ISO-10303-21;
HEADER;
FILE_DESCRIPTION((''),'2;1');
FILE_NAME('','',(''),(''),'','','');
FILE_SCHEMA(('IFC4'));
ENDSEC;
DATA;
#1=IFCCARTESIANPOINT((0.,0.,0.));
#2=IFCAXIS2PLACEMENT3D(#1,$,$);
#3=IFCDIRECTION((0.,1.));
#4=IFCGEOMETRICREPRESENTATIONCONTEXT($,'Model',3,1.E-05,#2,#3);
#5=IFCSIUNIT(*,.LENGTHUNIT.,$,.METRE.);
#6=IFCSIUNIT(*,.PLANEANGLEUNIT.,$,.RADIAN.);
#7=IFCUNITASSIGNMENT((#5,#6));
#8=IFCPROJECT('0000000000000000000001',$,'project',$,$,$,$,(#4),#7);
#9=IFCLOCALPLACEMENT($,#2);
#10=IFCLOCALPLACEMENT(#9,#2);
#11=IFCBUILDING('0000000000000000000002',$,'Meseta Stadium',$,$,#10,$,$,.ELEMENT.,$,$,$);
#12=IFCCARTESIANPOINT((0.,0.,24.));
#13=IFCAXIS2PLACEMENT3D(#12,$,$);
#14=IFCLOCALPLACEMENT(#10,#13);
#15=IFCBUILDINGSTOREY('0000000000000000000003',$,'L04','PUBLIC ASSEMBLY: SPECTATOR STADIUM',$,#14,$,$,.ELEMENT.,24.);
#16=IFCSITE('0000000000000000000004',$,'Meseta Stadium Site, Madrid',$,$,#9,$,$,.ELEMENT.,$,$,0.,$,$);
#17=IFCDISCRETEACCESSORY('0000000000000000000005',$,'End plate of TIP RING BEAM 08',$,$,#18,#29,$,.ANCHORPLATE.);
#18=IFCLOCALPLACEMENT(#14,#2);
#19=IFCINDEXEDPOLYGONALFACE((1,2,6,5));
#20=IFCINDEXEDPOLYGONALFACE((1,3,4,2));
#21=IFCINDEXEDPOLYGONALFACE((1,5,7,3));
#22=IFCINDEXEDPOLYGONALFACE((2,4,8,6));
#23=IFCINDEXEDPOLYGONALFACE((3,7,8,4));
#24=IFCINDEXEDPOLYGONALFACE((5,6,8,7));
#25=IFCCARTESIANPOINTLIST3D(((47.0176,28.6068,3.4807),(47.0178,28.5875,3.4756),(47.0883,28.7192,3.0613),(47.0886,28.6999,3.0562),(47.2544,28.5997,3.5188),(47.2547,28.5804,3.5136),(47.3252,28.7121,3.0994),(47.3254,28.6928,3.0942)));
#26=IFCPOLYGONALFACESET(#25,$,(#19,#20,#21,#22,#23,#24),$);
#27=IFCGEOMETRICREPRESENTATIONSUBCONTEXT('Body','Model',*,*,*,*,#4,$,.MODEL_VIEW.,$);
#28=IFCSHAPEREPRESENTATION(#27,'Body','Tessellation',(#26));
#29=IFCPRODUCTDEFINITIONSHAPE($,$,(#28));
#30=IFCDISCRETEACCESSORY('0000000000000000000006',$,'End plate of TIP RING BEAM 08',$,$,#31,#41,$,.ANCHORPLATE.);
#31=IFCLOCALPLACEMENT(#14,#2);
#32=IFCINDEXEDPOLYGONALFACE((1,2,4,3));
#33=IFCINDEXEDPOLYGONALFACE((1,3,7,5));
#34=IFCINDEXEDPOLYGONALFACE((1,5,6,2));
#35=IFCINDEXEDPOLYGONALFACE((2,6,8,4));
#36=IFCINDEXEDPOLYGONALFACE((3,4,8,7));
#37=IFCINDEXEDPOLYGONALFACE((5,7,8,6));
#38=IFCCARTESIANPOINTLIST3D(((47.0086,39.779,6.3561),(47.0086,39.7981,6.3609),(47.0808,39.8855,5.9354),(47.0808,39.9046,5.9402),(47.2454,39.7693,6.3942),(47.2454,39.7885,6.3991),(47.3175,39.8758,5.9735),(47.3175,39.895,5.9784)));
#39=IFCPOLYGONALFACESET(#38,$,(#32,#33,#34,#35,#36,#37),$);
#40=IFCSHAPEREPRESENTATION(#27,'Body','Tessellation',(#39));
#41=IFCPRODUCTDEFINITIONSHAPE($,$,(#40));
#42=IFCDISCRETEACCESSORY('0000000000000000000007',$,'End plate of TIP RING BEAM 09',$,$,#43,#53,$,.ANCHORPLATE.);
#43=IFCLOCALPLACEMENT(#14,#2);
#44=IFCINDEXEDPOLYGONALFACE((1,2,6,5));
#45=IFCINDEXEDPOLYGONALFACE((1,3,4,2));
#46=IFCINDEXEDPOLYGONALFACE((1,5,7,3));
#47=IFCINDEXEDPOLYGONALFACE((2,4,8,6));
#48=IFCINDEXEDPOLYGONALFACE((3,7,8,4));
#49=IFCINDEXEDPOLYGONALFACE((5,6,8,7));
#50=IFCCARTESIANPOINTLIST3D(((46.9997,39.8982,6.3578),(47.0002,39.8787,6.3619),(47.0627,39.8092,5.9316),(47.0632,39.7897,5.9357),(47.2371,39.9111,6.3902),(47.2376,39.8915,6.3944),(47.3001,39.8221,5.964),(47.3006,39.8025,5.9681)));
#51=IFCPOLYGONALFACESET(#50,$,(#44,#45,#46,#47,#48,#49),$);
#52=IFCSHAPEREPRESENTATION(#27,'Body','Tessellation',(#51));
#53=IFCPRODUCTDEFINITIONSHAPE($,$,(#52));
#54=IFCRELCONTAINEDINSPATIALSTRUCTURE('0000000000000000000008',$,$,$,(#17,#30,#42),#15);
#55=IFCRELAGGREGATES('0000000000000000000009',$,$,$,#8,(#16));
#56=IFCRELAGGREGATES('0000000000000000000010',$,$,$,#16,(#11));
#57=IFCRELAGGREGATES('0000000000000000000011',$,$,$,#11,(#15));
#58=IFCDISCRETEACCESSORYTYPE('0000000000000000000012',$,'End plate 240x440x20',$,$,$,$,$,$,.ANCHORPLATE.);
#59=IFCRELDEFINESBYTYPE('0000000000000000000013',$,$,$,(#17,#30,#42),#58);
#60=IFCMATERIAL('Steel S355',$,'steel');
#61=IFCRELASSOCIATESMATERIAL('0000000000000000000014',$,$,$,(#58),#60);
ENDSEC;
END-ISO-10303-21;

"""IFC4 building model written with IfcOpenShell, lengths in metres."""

from ifc_helpers import new_model, si_unit, direction, frame, origin, origin_2d, place, context, subcontext, project, spatial, rectangle, extrude, material, material_profile, profile_set, type_object, element, save


model = new_model("IFC4")

# Units and contexts
model_context = context("Model", 3, precision=1e-05, world=origin(), true_north=direction((0.0, 1.0)))
body_context = subcontext(model_context, "Body", "Model", "MODEL_VIEW")
ifc_project = project(units=[si_unit("LENGTHUNIT", "METRE"), si_unit("PLANEANGLEUNIT", "RADIAN")], contexts=[model_context])

# Site, building, storey
site_placement = place(None, origin())
site = spatial("IfcSite", under=ifc_project, at=site_placement, Name="Meseta Stadium Site, Madrid", CompositionType="ELEMENT", RefElevation=0.0)
building_placement = place(site_placement, origin())
building = spatial("IfcBuilding", under=site, at=building_placement, Name="Meseta Stadium", CompositionType="ELEMENT")
storey_placement = place(building_placement, frame((0.0, 0.0, 24.0)))
storey = spatial("IfcBuildingStorey", under=building, at=storey_placement, Name="L04", Description="PUBLIC ASSEMBLY: SPECTATOR STADIUM", CompositionType="ELEMENT", Elevation=24.0)

# Discrete accessories
ifc_material_1 = material(Name="Steel S355", Category="steel")
ifc_material_profile_1 = material_profile(ifc_material_1, rectangle(XDim=0.24, YDim=0.4399, at=origin_2d()), Name="PL 240x440")
ifc_profile_set_1 = profile_set([ifc_material_profile_1], Name="Steel S355")
discrete_accessory_type_1 = type_object("IfcDiscreteAccessoryType", Name="End plate 240x440x20", PredefinedType="ANCHORPLATE", material=ifc_profile_set_1)
discrete_accessory_1_placement = place(storey_placement, frame((47.1716, 28.6401, 3.2849), z_axis=(-0.012232, 0.966365, 0.256882), x_axis=(-0.986911, 0.029645, -0.158518)))
element("IfcDiscreteAccessory", 1, at=discrete_accessory_1_placement, inside=storey, type_object=discrete_accessory_type_1, Name="End plate of TIP RING BEAM 08", PredefinedType="ANCHORPLATE", context=body_context, shape_type="SweptSolid", body=[
    extrude(rectangle(XDim=0.24, YDim=0.4399, at=origin_2d()), origin(), (0.0, 0.0, 1.0), 0.02),
])
discrete_accessory_2_placement = place(storey_placement, frame((47.1631, 39.8274, 6.1648), z_axis=(0.0, 0.969416, 0.245422), x_axis=(-0.986457, 0.040254, -0.159005)))
element("IfcDiscreteAccessory", 2, at=discrete_accessory_2_placement, inside=storey, type_object=discrete_accessory_type_1, Name="End plate of TIP RING BEAM 08", PredefinedType="ANCHORPLATE", context=body_context, shape_type="SweptSolid", body=[
    extrude(rectangle(XDim=0.24, YDim=0.4399, at=origin_2d()), origin(), (0.0, 0.0, 1.0), 0.0198),
])
discrete_accessory_3_placement = place(storey_placement, frame((47.1504, 39.8406, 6.165), z_axis=(-0.024447, 0.977867, -0.207797), x_axis=(-0.989395, -0.053436, -0.135065)))
element("IfcDiscreteAccessory", 3, at=discrete_accessory_3_placement, inside=storey, type_object=discrete_accessory_type_1, Name="End plate of TIP RING BEAM 09", PredefinedType="ANCHORPLATE", context=body_context, shape_type="SweptSolid", body=[
    extrude(rectangle(XDim=0.24, YDim=0.4399, at=origin_2d()), origin(), (0.0, 0.0, 1.0), 0.02),
])

save(model, "model.ifc")
